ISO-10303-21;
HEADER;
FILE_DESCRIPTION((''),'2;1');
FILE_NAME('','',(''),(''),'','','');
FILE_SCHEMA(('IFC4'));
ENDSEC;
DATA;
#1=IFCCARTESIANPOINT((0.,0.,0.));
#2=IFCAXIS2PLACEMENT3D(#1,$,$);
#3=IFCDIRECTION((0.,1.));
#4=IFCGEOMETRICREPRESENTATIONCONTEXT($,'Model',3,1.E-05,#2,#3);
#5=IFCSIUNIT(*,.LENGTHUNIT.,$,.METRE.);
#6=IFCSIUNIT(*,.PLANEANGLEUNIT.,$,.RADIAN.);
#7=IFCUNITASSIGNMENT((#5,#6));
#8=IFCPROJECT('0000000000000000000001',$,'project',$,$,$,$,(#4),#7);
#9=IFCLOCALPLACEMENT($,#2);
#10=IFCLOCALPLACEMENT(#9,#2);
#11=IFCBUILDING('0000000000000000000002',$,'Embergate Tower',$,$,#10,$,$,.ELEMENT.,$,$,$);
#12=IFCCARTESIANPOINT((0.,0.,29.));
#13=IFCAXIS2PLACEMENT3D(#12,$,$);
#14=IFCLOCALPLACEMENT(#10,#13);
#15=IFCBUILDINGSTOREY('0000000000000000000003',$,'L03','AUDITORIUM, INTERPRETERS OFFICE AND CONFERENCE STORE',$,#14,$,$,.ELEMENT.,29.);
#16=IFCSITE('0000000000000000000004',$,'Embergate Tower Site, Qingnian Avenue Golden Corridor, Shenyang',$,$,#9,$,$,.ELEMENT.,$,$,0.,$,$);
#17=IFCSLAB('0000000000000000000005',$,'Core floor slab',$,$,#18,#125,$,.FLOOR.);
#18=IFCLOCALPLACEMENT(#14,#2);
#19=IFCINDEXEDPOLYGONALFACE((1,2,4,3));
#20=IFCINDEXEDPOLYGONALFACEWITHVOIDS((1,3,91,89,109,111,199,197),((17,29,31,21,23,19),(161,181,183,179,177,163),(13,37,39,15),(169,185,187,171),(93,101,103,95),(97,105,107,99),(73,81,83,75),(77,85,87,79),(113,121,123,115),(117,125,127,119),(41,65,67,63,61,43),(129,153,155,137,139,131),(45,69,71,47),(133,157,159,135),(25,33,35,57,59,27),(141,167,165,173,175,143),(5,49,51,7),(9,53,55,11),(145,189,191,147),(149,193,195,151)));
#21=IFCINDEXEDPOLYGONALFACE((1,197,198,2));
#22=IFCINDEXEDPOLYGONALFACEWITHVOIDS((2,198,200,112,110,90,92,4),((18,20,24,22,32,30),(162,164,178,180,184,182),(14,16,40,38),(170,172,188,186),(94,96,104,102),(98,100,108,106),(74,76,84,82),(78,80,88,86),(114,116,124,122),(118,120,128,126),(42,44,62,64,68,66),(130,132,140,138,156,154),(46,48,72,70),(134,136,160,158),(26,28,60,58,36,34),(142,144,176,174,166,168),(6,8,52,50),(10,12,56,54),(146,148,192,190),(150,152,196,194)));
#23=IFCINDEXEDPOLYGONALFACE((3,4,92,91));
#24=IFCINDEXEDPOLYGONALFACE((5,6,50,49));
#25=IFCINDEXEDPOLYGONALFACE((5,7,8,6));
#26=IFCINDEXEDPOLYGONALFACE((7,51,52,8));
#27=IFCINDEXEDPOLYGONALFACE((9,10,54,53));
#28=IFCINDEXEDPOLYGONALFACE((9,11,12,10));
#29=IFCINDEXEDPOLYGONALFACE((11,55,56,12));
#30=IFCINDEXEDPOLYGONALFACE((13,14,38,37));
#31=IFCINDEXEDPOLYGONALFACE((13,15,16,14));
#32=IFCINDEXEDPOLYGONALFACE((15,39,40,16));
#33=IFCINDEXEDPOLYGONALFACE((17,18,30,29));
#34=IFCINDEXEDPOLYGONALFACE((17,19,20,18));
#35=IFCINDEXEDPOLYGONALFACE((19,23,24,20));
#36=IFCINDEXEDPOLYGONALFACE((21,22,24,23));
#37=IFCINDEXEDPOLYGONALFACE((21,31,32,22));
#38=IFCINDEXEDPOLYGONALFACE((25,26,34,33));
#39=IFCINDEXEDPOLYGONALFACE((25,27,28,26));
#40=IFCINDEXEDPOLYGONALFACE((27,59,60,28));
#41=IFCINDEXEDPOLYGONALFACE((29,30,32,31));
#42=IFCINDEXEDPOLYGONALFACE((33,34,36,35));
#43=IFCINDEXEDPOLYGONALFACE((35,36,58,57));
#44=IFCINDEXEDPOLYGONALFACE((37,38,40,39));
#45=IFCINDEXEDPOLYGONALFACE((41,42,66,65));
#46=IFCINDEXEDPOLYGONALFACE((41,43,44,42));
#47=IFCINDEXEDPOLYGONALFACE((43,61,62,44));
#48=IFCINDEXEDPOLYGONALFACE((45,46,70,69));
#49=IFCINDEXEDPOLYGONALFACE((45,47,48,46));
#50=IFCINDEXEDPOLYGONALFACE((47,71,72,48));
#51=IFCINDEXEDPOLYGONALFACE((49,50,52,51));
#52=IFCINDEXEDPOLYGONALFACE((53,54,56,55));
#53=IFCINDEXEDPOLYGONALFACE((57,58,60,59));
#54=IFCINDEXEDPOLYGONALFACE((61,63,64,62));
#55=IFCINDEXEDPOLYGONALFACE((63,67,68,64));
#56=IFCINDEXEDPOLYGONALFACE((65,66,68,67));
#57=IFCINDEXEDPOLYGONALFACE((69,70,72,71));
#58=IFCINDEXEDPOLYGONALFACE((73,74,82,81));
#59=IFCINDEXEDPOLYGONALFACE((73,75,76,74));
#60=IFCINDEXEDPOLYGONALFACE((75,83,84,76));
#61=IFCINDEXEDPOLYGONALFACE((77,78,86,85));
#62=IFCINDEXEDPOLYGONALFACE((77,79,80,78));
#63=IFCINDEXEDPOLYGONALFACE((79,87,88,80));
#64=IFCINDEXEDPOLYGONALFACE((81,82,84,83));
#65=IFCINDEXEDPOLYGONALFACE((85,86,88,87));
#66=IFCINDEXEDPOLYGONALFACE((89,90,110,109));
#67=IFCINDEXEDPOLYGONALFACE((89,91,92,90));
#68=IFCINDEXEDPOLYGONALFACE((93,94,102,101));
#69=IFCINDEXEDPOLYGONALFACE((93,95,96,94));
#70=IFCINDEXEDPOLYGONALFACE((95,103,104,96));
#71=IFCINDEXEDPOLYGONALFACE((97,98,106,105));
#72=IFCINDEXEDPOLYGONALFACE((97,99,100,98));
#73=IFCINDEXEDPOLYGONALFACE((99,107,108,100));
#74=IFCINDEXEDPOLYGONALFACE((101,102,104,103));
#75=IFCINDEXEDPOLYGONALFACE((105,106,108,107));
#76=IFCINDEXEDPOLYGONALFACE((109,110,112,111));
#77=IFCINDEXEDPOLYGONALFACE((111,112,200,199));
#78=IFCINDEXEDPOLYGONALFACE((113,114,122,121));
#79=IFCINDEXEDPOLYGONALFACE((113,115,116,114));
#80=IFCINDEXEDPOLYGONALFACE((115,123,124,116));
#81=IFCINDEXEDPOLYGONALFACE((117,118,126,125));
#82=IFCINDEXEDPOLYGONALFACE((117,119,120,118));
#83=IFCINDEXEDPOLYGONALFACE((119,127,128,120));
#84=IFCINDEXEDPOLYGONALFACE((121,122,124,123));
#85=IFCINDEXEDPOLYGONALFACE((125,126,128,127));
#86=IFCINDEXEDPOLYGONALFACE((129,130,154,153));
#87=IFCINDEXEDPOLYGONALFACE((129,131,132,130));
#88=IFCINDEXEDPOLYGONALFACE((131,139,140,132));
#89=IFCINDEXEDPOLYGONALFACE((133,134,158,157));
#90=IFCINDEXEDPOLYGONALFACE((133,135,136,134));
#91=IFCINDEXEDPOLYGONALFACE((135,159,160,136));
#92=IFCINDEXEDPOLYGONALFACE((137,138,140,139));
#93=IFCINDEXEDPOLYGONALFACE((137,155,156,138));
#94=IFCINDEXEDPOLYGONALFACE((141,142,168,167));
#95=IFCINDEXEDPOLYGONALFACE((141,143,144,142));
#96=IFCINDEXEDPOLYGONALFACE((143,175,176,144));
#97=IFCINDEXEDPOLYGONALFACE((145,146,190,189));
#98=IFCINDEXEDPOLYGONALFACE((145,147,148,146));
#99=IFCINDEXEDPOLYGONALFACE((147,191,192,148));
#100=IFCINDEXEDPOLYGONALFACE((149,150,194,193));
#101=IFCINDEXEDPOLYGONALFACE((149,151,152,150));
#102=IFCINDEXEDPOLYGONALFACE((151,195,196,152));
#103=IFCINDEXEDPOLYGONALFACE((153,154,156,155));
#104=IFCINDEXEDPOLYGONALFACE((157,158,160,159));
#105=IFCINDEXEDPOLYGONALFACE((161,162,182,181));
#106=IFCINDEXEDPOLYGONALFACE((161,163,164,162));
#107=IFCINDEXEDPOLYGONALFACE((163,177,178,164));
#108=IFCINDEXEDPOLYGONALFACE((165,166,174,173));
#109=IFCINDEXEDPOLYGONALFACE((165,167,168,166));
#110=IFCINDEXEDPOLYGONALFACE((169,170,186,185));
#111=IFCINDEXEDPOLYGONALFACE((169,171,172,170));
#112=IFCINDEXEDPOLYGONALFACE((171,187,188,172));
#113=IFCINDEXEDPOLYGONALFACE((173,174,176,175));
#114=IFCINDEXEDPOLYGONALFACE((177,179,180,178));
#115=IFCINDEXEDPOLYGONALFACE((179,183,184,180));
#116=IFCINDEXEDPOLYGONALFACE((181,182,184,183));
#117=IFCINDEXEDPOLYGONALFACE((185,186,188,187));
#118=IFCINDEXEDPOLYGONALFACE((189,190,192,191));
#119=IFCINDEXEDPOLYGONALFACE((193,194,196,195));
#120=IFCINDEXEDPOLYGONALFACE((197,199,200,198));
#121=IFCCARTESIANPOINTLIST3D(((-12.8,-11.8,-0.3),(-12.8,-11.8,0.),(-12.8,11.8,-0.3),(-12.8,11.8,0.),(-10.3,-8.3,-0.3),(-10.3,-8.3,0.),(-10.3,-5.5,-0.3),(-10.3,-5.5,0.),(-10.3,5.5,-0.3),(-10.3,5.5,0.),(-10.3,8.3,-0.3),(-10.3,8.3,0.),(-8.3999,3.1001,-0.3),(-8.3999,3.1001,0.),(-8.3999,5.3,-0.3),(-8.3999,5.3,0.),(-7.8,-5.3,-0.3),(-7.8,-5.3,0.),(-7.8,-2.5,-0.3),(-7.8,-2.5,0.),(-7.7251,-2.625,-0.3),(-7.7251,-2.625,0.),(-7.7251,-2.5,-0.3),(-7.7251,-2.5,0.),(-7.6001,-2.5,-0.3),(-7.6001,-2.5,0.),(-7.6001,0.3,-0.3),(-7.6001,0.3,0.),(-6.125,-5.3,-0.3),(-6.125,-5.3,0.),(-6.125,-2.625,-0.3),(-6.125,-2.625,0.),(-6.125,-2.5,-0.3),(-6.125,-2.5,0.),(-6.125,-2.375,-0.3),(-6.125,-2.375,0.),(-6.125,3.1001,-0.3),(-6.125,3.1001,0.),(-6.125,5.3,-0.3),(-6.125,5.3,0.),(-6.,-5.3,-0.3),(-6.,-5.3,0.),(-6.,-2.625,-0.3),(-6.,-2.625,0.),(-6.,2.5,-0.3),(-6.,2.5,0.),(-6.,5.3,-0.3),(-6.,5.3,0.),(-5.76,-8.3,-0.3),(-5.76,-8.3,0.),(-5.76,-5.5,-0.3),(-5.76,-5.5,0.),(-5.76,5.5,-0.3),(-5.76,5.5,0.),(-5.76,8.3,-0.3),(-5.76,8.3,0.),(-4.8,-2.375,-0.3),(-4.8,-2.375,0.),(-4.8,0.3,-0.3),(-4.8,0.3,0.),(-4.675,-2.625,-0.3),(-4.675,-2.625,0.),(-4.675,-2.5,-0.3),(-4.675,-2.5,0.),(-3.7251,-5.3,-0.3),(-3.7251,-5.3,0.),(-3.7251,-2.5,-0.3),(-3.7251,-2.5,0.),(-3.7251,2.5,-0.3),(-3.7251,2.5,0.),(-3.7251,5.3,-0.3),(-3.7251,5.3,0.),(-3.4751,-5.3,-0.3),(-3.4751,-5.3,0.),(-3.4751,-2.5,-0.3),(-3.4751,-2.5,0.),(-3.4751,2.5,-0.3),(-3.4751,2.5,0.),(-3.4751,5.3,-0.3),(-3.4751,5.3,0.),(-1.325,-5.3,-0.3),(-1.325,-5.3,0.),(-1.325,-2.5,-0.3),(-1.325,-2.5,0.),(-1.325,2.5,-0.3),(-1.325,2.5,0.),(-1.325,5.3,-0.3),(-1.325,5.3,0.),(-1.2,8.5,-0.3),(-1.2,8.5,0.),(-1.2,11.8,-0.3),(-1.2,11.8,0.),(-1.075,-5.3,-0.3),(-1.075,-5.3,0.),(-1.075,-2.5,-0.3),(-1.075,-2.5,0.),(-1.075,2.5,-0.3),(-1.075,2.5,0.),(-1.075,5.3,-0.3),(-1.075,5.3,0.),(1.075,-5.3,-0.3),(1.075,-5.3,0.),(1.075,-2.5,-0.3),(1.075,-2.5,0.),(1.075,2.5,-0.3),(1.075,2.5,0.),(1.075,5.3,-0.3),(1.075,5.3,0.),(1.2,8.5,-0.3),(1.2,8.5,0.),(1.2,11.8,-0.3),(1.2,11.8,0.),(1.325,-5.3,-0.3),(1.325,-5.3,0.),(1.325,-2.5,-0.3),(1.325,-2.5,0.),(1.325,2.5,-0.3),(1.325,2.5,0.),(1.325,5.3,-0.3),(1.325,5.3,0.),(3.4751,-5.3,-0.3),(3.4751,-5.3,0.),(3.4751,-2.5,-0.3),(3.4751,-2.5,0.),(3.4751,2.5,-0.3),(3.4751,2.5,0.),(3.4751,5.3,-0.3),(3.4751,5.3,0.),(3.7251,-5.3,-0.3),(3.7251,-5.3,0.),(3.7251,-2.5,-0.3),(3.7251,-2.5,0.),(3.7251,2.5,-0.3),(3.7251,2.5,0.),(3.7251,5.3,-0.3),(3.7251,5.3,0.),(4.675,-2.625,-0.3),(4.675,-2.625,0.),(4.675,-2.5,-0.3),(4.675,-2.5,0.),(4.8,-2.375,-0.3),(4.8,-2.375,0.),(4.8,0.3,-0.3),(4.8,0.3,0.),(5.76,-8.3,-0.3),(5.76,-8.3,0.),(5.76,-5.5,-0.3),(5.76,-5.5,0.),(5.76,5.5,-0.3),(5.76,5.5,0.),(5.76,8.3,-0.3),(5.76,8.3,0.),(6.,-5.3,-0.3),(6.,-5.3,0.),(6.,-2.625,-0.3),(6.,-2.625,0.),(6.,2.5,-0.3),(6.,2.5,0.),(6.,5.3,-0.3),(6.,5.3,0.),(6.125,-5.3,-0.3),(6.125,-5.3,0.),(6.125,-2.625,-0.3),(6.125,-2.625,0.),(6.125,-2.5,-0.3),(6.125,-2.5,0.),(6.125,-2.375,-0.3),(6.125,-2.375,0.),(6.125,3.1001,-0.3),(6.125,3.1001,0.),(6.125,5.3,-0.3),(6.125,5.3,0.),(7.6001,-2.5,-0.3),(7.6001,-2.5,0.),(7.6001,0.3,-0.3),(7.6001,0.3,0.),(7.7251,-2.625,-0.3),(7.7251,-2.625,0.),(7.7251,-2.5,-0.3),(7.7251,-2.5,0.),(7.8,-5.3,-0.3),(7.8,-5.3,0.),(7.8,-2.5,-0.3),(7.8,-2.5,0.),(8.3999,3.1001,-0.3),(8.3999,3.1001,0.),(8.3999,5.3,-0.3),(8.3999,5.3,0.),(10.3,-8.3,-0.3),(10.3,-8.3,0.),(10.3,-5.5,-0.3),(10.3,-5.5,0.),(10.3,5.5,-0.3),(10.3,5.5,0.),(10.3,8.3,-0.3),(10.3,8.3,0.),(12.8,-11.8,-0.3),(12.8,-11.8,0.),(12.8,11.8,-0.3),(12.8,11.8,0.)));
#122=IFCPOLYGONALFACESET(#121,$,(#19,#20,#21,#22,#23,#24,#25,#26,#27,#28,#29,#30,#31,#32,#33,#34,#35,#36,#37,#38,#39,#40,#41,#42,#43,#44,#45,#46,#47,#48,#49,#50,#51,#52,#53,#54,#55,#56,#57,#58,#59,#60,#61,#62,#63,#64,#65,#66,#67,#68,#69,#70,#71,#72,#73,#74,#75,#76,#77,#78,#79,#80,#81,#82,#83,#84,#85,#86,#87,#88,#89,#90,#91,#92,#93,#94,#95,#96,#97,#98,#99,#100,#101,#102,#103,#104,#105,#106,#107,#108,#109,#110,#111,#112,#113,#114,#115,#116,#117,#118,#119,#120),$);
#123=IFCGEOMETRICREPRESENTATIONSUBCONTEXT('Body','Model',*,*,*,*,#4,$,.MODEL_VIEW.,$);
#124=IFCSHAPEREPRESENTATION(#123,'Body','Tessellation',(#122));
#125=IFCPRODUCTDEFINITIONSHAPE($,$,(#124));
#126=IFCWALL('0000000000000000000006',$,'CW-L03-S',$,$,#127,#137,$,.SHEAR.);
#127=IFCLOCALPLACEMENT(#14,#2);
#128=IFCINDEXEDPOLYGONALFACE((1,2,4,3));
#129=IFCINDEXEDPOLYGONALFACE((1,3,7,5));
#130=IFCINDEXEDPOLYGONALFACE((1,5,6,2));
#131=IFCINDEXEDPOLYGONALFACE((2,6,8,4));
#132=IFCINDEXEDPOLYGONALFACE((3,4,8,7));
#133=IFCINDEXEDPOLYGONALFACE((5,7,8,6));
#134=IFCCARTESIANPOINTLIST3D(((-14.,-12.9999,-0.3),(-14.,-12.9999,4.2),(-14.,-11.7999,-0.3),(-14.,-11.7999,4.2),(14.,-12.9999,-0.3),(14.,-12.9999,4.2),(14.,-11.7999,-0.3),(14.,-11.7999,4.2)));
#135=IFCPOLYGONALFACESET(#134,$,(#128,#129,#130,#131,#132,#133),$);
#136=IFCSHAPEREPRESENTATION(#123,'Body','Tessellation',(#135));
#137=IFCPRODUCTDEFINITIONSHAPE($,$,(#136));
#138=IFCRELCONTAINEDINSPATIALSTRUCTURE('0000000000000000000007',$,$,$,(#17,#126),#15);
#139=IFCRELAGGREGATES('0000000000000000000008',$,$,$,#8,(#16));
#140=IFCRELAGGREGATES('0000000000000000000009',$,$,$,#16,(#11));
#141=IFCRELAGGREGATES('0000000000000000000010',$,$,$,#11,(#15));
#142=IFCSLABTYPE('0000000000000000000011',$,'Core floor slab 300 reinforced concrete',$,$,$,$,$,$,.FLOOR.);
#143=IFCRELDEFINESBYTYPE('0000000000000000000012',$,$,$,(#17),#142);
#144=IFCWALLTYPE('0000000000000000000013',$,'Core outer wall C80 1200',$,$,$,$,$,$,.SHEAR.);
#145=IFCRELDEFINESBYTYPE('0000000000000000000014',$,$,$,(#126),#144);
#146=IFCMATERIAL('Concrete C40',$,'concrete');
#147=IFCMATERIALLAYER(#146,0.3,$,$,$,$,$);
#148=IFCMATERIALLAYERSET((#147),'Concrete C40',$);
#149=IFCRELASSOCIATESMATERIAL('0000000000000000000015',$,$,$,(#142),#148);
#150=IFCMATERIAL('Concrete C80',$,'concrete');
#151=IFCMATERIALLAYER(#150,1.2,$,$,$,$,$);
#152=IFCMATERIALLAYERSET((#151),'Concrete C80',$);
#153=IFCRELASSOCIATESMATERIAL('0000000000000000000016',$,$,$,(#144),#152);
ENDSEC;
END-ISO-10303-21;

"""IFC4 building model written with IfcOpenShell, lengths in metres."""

from ifc_helpers import new_model, si_unit, direction, frame, frame_2d, origin, place, context, subcontext, project, spatial, polyline, rectangle, outline, extrude, source, transform, mapped, material, layer, layer_set, type_object, element, save


model = new_model("IFC4")

# Units and contexts
model_context = context("Model", 3, precision=1e-05, world=origin(), true_north=direction((0.0, 1.0)))
body_context = subcontext(model_context, "Body", "Model", "MODEL_VIEW")
ifc_project = project(units=[si_unit("LENGTHUNIT", "METRE"), si_unit("PLANEANGLEUNIT", "RADIAN")], contexts=[model_context])

# Site, building, storey
site_placement = place(None, origin())
site = spatial("IfcSite", under=ifc_project, at=site_placement, Name="Embergate Tower Site, Qingnian Avenue Golden Corridor, Shenyang", CompositionType="ELEMENT", RefElevation=0.0)
building_placement = place(site_placement, origin())
building = spatial("IfcBuilding", under=site, at=building_placement, Name="Embergate Tower", CompositionType="ELEMENT")
storey_placement = place(building_placement, frame((0.0, 0.0, 29.0)))
storey = spatial("IfcBuildingStorey", under=building, at=storey_placement, Name="L03", Description="AUDITORIUM, INTERPRETERS OFFICE AND CONFERENCE STORE", CompositionType="ELEMENT", Elevation=29.0)

# Slab
ifc_material_1 = material(Name="Concrete C40", Category="concrete")
ifc_layer_1 = layer(ifc_material_1, 0.3)
ifc_layer_set_1 = layer_set([ifc_layer_1], Name="Concrete C40")
slab_type = type_object("IfcSlabType", Name="Core floor slab 300 reinforced concrete", PredefinedType="FLOOR", material=ifc_layer_set_1)
shared_shape_1 = source(origin(), body_context, "Body", "SweptSolid", [
    extrude(outline(polyline([(0.0, 0.0), (25.6001, 0.0), (25.6001, 23.6001), (14.0, 23.6001), (14.0, 20.3), (11.6001, 20.3), (11.6001, 23.6001), (0.0, 23.6001), (0.0, 0.0)]), holes=[polyline([(2.5, 3.5), (2.5, 6.3), (7.04, 6.3), (7.04, 3.5), (2.5, 3.5)]), polyline([(18.5601, 3.5), (18.5601, 6.3), (23.1001, 6.3), (23.1001, 3.5), (18.5601, 3.5)]), polyline([(5.0, 6.5), (5.0, 9.3), (5.075, 9.3), (5.075, 9.175), (6.675, 9.175), (6.675, 6.5), (5.0, 6.5)]), polyline([(6.8, 6.5), (6.8, 9.175), (8.125, 9.175), (8.125, 9.3), (9.075, 9.3), (9.075, 6.5), (6.8, 6.5)]), polyline([(9.325, 6.5), (9.325, 9.3), (11.4751, 9.3), (11.4751, 6.5), (9.325, 6.5)]), polyline([(11.7251, 6.5), (11.7251, 9.3), (13.875, 9.3), (13.875, 6.5), (11.7251, 6.5)]), polyline([(14.125, 6.5), (14.125, 9.3), (16.2751, 9.3), (16.2751, 6.5), (14.125, 6.5)]), polyline([(16.5251, 6.5), (16.5251, 9.3), (17.4751, 9.3), (17.4751, 9.175), (18.8, 9.175), (18.8, 6.5), (16.5251, 6.5)]), polyline([(18.925, 6.5), (18.925, 9.175), (20.5251, 9.175), (20.5251, 9.3), (20.6001, 9.3), (20.6001, 6.5), (18.925, 6.5)]), polyline([(5.2, 9.3), (5.2, 12.1001), (8.0, 12.1001), (8.0, 9.425), (6.675, 9.425), (6.675, 9.3), (5.2, 9.3)]), polyline([(18.925, 9.3), (18.925, 9.425), (17.6001, 9.425), (17.6001, 12.1001), (20.4001, 12.1001), (20.4001, 9.3), (18.925, 9.3)]), polyline([(6.8, 14.3), (6.8, 17.1001), (9.075, 17.1001), (9.075, 14.3), (6.8, 14.3)]), polyline([(9.325, 14.3), (9.325, 17.1001), (11.4751, 17.1001), (11.4751, 14.3), (9.325, 14.3)]), polyline([(11.7251, 14.3), (11.7251, 17.1001), (13.875, 17.1001), (13.875, 14.3), (11.7251, 14.3)]), polyline([(14.125, 14.3), (14.125, 17.1001), (16.2751, 17.1001), (16.2751, 14.3), (14.125, 14.3)]), polyline([(16.5251, 14.3), (16.5251, 17.1001), (18.8, 17.1001), (18.8, 14.3), (16.5251, 14.3)]), polyline([(4.4001, 14.9001), (4.4001, 17.1001), (6.675, 17.1001), (6.675, 14.9001), (4.4001, 14.9001)]), polyline([(18.925, 14.9001), (18.925, 17.1001), (21.2, 17.1001), (21.2, 14.9001), (18.925, 14.9001)]), polyline([(2.5, 17.3), (2.5, 20.1001), (7.04, 20.1001), (7.04, 17.3), (2.5, 17.3)]), polyline([(18.5601, 17.3), (18.5601, 20.1001), (23.1001, 20.1001), (23.1001, 17.3), (18.5601, 17.3)])]), origin(), (0.0, 0.0, 1.0), 0.3),
])
slab_placement = place(storey_placement, frame((-12.8, -11.8, -0.3)))
element("IfcSlab", 1, at=slab_placement, inside=storey, type_object=slab_type, Name="Core floor slab", PredefinedType="FLOOR", context=body_context, shape_type="MappedRepresentation", body=[
    mapped(shared_shape_1, transform((0.0, 0.0, 0.0))),
])

# Wall
ifc_material_2 = material(Name="Concrete C80", Category="concrete")
ifc_layer_2 = layer(ifc_material_2, 1.2)
ifc_layer_set_2 = layer_set([ifc_layer_2], Name="Concrete C80")
wall_type_1 = type_object("IfcWallType", Name="Core outer wall C80 1200", PredefinedType="SHEAR", material=ifc_layer_set_2)
shared_shape_2 = source(origin(), body_context, "Body", "SweptSolid", [
    extrude(rectangle(XDim=28.0, YDim=1.2, at=frame_2d((14.0, 0.0))), origin(), (0.0, 0.0, 1.0), 4.5),
])
wall_1_placement = place(storey_placement, frame((-14.0, -12.3999, -0.3), z_axis=(0.0, 0.0, 1.0), x_axis=(1.0, 0.0, 0.0)))
element("IfcWall", 2, at=wall_1_placement, inside=storey, type_object=wall_type_1, Name="CW-L03-S", PredefinedType="SHEAR", context=body_context, shape_type="MappedRepresentation", body=[
    mapped(shared_shape_2, transform((0.0, 0.0, 0.0))),
])

save(model, "model.ifc")
